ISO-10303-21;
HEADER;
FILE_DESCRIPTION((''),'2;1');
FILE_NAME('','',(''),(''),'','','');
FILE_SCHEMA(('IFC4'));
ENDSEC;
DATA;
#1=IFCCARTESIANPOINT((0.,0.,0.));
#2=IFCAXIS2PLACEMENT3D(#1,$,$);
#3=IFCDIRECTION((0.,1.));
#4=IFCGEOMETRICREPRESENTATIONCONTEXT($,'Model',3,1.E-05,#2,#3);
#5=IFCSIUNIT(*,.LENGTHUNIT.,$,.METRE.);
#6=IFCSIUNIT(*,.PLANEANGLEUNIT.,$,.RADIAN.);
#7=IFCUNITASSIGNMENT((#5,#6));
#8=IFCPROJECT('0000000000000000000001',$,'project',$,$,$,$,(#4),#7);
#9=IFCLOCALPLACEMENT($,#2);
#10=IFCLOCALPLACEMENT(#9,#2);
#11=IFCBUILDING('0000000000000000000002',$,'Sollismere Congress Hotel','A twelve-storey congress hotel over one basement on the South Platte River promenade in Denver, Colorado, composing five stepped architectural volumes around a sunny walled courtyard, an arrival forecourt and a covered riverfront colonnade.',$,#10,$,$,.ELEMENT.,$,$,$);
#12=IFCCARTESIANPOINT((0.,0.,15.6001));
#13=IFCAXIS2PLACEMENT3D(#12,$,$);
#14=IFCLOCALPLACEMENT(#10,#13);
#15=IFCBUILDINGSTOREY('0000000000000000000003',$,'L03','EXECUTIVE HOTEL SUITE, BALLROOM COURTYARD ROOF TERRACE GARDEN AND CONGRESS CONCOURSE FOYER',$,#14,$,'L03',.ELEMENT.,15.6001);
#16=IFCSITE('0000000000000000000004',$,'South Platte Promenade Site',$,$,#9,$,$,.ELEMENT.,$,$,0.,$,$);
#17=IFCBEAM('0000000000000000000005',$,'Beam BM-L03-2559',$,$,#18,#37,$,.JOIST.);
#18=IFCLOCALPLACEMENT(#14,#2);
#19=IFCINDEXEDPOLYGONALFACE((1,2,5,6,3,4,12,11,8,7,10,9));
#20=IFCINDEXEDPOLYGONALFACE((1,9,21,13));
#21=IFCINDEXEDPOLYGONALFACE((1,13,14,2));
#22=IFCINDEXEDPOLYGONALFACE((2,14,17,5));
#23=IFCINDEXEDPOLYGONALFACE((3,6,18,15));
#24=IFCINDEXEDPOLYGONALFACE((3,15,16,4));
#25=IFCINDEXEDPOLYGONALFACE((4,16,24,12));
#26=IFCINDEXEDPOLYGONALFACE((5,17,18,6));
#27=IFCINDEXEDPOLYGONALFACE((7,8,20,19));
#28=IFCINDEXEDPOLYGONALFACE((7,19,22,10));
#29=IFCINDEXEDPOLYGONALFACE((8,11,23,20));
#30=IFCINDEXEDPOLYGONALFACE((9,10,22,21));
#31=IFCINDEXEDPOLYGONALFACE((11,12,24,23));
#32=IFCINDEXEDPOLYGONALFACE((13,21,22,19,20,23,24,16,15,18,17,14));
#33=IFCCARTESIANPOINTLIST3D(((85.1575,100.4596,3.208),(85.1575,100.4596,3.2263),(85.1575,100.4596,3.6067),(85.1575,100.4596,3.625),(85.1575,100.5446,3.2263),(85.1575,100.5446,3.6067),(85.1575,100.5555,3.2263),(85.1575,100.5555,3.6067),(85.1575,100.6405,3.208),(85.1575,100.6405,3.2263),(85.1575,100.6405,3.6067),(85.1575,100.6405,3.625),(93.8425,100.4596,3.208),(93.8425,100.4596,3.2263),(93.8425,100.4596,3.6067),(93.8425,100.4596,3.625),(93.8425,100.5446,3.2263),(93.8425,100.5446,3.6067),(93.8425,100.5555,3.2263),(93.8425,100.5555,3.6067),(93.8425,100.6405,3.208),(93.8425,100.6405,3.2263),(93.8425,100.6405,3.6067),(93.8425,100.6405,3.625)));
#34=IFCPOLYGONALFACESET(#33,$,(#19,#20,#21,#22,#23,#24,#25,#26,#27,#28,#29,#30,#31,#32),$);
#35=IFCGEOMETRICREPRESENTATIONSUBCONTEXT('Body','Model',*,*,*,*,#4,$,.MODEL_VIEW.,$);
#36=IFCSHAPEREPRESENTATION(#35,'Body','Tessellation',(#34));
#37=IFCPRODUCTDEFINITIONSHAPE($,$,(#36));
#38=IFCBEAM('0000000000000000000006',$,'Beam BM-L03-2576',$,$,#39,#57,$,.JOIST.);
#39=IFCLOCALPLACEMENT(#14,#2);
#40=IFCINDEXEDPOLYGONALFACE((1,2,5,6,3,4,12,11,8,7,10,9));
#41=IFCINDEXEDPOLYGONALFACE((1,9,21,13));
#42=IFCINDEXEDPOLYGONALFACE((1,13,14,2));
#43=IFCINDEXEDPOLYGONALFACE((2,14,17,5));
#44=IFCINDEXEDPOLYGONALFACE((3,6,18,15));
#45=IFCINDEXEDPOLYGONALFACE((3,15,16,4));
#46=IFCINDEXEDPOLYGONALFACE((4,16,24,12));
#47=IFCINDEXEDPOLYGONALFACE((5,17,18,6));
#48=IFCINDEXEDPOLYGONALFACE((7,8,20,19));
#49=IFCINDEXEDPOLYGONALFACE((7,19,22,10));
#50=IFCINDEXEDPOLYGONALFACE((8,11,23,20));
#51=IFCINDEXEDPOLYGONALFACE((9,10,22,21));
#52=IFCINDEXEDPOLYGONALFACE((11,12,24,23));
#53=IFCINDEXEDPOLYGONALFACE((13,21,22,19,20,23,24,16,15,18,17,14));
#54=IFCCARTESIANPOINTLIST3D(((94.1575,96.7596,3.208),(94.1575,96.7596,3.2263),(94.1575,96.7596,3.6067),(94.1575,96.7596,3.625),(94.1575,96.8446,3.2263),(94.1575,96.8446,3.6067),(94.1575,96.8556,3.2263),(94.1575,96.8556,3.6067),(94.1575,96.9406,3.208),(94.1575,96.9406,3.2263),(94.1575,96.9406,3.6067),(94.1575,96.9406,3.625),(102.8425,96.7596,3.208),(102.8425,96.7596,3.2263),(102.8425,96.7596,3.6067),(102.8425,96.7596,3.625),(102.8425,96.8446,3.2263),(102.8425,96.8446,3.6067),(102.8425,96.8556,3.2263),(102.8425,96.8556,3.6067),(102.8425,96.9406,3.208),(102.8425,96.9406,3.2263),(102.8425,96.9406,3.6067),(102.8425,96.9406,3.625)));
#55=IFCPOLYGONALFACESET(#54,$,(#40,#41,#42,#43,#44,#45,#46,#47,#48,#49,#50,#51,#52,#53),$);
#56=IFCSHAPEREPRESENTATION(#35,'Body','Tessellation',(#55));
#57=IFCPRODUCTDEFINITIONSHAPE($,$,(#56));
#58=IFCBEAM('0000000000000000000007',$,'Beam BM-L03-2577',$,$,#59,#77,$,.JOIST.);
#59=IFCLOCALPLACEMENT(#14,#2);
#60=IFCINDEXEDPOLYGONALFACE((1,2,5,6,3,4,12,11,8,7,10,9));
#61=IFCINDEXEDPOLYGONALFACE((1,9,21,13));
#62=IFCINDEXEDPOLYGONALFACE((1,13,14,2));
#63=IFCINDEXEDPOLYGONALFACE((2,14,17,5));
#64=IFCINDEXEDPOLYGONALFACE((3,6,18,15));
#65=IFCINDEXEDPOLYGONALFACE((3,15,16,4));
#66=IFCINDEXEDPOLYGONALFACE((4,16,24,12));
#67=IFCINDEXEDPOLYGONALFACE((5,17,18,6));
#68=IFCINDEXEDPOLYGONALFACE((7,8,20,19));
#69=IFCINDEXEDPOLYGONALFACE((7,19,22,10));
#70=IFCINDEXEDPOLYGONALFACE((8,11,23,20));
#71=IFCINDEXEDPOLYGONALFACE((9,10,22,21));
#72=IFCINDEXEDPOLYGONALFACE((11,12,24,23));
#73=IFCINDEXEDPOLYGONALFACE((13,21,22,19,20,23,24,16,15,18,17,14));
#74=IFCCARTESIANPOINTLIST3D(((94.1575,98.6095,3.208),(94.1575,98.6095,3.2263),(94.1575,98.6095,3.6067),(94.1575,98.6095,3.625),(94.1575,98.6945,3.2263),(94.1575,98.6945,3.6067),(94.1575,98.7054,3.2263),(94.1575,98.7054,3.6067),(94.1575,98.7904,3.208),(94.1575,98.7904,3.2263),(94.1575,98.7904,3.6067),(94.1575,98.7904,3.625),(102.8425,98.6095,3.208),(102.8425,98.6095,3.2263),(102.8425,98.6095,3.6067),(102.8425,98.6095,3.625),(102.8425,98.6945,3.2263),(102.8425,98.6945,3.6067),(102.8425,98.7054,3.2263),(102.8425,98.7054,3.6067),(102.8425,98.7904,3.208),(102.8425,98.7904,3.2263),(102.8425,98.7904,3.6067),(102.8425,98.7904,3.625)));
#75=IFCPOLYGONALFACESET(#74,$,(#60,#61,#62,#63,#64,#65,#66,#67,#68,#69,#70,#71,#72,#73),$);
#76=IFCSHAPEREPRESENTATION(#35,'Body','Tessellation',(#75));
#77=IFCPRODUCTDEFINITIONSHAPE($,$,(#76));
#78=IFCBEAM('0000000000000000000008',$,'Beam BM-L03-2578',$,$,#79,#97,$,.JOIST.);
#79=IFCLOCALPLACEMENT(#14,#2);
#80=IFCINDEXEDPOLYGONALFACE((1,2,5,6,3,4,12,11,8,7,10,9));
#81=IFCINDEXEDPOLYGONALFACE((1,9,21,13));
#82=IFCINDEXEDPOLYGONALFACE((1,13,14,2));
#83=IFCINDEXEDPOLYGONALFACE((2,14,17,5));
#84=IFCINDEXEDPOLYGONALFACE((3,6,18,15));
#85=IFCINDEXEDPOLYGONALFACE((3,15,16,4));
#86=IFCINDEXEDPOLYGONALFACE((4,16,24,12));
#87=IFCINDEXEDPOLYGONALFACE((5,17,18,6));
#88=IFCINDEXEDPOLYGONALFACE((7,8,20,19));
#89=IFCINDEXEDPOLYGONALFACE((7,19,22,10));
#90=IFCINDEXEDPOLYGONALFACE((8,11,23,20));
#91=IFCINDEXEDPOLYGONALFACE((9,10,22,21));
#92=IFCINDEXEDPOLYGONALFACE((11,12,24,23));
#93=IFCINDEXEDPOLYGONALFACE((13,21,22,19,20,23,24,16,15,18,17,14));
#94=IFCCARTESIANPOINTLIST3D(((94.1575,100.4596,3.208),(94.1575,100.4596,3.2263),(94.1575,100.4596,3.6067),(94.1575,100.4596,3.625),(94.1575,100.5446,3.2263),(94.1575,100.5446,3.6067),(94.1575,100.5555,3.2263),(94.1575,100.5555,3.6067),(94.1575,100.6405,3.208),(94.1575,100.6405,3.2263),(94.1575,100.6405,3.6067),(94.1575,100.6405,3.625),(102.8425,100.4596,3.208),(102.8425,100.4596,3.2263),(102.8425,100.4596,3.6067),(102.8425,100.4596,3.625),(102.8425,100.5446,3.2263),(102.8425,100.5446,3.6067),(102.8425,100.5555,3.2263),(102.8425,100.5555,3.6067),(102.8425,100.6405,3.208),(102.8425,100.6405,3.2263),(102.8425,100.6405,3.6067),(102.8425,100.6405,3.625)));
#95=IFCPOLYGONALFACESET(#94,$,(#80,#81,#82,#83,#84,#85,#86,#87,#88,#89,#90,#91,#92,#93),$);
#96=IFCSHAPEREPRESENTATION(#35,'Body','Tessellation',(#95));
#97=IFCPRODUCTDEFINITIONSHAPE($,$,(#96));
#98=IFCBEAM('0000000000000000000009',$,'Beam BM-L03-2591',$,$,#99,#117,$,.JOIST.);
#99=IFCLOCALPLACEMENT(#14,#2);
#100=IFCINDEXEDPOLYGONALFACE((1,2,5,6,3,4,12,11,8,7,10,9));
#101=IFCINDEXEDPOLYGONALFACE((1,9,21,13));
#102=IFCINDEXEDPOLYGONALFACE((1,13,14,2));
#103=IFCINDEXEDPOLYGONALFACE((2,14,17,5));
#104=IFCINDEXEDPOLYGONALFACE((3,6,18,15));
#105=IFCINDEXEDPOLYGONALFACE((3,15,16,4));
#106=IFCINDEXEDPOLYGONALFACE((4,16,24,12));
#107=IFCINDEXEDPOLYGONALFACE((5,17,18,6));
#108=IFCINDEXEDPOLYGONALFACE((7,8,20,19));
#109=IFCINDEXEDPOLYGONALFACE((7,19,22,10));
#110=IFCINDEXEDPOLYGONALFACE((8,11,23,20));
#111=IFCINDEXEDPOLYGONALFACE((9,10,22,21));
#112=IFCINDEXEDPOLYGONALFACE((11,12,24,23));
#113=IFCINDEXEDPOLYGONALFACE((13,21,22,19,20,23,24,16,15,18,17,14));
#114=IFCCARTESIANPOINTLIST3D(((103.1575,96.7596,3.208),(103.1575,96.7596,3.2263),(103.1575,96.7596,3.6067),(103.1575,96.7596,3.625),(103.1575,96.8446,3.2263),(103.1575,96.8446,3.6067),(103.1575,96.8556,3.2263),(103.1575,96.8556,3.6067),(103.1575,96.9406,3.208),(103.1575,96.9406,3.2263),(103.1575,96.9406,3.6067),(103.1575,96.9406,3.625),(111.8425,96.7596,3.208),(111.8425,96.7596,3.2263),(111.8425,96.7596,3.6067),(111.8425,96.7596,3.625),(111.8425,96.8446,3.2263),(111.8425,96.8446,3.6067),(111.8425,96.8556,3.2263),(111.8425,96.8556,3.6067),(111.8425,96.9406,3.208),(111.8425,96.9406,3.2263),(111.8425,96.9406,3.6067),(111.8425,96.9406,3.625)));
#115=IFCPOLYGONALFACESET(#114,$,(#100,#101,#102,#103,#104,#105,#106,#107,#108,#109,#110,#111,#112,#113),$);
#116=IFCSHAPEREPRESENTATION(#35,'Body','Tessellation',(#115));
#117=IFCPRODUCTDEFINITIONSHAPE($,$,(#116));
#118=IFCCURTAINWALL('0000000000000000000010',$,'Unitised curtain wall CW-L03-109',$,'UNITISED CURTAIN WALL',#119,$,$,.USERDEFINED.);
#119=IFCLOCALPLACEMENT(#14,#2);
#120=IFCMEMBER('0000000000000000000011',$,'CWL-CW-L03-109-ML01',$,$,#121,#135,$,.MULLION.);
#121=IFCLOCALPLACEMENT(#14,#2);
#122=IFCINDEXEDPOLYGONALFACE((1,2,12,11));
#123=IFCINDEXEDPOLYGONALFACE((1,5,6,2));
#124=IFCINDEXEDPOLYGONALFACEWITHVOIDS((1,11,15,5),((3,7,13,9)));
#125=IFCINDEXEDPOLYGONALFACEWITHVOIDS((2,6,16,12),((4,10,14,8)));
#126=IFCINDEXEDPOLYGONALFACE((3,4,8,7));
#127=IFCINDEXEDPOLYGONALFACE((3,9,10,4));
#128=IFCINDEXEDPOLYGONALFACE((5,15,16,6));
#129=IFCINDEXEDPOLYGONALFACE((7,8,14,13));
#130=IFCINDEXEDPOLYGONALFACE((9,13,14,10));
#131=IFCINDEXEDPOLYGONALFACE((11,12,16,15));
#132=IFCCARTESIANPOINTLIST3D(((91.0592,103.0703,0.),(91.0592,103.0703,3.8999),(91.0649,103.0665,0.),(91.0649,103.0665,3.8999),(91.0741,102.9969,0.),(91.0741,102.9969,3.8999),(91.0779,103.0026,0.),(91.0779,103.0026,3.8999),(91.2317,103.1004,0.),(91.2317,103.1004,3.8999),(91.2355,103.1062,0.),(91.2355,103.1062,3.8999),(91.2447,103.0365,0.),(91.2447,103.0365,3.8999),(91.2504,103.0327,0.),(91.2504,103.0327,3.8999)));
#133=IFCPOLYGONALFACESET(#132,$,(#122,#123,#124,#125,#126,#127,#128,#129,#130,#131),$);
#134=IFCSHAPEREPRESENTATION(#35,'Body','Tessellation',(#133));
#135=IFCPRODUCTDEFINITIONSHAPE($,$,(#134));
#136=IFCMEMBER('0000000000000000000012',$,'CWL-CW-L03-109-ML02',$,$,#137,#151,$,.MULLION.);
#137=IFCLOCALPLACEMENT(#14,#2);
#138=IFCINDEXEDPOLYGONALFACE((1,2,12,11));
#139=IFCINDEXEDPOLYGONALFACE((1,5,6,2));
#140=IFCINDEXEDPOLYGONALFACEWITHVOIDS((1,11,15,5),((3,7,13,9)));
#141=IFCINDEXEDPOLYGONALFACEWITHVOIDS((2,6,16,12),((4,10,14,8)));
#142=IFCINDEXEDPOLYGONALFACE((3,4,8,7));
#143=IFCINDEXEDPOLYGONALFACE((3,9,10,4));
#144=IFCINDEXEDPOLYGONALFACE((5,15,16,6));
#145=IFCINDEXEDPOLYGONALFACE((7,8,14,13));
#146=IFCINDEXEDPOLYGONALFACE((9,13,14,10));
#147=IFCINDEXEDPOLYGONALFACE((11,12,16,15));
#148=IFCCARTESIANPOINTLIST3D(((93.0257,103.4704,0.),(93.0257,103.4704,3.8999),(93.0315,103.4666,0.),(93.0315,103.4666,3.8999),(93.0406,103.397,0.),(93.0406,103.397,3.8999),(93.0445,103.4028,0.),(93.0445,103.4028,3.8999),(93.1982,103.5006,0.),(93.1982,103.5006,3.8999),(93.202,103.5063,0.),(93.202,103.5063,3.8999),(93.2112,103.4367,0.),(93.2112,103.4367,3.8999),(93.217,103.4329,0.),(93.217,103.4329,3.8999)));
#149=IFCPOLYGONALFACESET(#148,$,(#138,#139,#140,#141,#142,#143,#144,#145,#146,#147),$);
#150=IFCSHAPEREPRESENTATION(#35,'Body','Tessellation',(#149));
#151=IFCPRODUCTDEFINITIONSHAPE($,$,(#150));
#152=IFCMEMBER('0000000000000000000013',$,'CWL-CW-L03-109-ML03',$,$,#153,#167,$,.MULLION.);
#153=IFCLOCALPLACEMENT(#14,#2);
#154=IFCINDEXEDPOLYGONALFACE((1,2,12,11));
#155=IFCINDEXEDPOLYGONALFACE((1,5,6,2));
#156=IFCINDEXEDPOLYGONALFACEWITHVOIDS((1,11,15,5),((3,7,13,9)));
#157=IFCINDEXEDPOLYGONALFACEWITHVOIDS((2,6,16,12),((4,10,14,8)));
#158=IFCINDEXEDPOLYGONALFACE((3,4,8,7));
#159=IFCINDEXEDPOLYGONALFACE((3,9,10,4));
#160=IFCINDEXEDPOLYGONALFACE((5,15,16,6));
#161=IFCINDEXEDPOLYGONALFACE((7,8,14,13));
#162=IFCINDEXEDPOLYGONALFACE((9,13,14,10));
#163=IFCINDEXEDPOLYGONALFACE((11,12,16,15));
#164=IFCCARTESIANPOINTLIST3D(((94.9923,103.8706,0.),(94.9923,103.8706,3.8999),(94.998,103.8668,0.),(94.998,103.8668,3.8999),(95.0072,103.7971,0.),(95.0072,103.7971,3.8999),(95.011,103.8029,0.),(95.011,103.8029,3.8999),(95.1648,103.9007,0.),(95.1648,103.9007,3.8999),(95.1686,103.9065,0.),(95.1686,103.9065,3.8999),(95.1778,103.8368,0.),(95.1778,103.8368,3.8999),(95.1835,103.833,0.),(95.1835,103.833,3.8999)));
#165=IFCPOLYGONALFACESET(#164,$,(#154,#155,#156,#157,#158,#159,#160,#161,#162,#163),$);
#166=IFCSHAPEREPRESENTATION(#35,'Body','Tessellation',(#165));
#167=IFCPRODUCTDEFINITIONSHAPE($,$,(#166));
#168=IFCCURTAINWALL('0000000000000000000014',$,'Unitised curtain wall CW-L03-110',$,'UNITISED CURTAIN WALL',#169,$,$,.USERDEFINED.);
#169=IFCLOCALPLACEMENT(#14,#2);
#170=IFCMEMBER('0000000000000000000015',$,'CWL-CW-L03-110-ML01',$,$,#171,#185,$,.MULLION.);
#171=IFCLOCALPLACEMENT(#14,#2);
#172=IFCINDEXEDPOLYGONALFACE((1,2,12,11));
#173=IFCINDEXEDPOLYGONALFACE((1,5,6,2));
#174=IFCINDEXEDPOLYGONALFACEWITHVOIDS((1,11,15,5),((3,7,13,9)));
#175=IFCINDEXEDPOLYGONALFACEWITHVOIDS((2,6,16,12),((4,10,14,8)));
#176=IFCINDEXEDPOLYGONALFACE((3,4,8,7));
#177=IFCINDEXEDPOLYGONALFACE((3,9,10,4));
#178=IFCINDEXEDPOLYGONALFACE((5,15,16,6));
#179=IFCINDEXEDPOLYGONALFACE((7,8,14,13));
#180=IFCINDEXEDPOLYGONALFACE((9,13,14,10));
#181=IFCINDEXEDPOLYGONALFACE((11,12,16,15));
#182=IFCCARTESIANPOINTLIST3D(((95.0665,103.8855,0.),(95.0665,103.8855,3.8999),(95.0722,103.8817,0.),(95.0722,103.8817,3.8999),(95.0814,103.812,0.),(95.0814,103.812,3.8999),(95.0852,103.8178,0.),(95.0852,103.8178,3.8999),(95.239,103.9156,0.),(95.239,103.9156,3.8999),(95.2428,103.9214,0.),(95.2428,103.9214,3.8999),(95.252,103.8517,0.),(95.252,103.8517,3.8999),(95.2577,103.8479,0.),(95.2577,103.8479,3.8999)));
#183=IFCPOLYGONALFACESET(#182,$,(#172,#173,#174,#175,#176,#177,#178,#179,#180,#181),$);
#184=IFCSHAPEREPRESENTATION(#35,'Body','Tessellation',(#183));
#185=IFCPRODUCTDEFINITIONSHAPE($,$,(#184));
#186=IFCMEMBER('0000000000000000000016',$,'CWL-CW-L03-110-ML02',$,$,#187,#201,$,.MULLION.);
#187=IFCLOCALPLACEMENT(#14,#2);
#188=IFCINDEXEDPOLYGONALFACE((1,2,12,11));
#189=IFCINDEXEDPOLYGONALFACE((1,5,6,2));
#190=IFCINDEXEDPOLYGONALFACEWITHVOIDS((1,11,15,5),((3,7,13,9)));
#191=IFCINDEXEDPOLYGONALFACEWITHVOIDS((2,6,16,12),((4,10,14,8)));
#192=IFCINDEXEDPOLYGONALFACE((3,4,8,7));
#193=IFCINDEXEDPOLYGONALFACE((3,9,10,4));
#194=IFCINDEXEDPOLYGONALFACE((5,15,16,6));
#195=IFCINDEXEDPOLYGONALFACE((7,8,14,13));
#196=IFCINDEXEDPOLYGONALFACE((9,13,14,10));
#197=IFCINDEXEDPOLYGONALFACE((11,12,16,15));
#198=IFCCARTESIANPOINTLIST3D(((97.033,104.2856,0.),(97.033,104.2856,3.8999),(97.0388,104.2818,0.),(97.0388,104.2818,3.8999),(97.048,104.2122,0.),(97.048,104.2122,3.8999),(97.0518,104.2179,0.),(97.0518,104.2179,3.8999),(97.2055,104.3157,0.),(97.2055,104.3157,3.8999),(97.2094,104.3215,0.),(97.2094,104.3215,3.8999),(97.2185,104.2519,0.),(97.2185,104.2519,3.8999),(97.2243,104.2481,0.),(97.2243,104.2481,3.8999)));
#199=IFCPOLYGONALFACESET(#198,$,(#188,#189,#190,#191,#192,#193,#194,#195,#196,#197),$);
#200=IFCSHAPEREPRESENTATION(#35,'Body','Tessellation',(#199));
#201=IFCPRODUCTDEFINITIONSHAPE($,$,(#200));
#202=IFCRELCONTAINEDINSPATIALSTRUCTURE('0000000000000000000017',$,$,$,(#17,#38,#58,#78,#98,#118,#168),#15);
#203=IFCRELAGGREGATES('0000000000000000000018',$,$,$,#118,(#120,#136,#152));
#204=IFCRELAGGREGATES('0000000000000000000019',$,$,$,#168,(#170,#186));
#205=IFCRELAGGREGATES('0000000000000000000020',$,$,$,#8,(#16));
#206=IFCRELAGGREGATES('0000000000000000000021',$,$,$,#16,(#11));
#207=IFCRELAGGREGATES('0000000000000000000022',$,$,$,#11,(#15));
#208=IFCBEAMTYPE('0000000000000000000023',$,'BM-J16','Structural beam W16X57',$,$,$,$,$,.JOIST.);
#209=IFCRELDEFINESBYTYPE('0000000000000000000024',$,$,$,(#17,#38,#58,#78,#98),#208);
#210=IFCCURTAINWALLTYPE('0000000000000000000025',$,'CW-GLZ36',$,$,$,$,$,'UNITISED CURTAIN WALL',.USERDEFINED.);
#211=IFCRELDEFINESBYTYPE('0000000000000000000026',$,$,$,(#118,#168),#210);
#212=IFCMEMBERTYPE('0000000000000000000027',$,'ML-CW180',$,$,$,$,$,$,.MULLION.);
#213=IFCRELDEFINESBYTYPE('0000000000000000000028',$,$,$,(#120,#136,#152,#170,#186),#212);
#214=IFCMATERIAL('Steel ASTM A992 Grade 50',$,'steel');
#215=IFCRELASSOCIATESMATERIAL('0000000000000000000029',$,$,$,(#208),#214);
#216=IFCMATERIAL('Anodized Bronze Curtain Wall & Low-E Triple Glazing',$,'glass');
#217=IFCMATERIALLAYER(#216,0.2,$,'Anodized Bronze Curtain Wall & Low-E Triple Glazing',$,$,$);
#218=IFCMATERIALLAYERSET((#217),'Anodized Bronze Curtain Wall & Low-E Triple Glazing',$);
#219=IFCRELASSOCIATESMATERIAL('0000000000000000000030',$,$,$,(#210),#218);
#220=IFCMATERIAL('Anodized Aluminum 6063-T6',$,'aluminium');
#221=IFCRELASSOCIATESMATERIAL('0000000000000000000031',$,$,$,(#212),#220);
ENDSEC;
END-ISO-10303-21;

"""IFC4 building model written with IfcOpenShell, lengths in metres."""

from ifc_helpers import new_model, si_unit, direction, frame, origin, origin_2d, place, context, subcontext, project, spatial, hollow_rectangle, i_section, extrude, material, layer, layer_set, material_profile, profile_set, type_object, element, aggregate, save


model = new_model("IFC4")

# Units and contexts
model_context = context("Model", 3, precision=1e-05, world=origin(), true_north=direction((0.0, 1.0)))
body_context = subcontext(model_context, "Body", "Model", "MODEL_VIEW")
ifc_project = project(units=[si_unit("LENGTHUNIT", "METRE"), si_unit("PLANEANGLEUNIT", "RADIAN")], contexts=[model_context])

# Site, building, storey
site_placement = place(None, origin())
site = spatial("IfcSite", under=ifc_project, at=site_placement, Name="South Platte Promenade Site", CompositionType="ELEMENT", RefElevation=0.0)
building_placement = place(site_placement, origin())
building = spatial("IfcBuilding", under=site, at=building_placement, Name="Sollismere Congress Hotel", Description="A twelve-storey congress hotel over one basement on the South Platte River promenade in Denver, Colorado, composing five stepped architectural volumes around a sunny walled courtyard, an arrival forecourt and a covered riverfront colonnade.", CompositionType="ELEMENT")
storey_placement = place(building_placement, frame((0.0, 0.0, 15.6001)))
storey = spatial("IfcBuildingStorey", under=building, at=storey_placement, Name="L03", Description="EXECUTIVE HOTEL SUITE, BALLROOM COURTYARD ROOF TERRACE GARDEN AND CONGRESS CONCOURSE FOYER", LongName="L03", CompositionType="ELEMENT", Elevation=15.6001)

# Shared definitions
ifc_material_1 = material(Name="Steel ASTM A992 Grade 50", Category="steel")

# Beams
ifc_material_profile_1 = material_profile(ifc_material_1, i_section(OverallWidth=0.1809, OverallDepth=0.417, WebThickness=0.011, FlangeThickness=0.0183, at=origin_2d()), Name="W16X57")
ifc_profile_set_1 = profile_set([ifc_material_profile_1], Name="Steel ASTM A992 Grade 50")
beam_type_1 = type_object("IfcBeamType", Name="BM-J16", Description="Structural beam W16X57", PredefinedType="JOIST", material=ifc_profile_set_1)
for number, where, z_axis, x_axis, name in (
    (1, (85.1575, 100.55, 3.4165), (1.0, 0.0, 0.0), (0.0, 1.0, 0.0), "Beam BM-L03-2559"),
    (2, (94.1575, 96.8501, 3.4165), (1.0, 0.0, 0.0), (0.0, 1.0, 0.0), "Beam BM-L03-2576"),
    (3, (94.1575, 98.7, 3.4165), (1.0, 0.0, 0.0), (0.0, 1.0, 0.0), "Beam BM-L03-2577"),
    (4, (94.1575, 100.55, 3.4165), (1.0, 0.0, 0.0), (0.0, 1.0, 0.0), "Beam BM-L03-2578"),
    (5, (103.1575, 96.8501, 3.4165), (1.0, 0.0, 0.0), (0.0, 1.0, 0.0), "Beam BM-L03-2591"),
):
    element("IfcBeam", number, at=place(storey_placement, frame(where, z_axis=z_axis, x_axis=x_axis)), inside=storey, type_object=beam_type_1, Name=name, PredefinedType="JOIST", context=body_context, shape_type="SweptSolid", body=[
        extrude(i_section(OverallWidth=0.1809, OverallDepth=0.417, WebThickness=0.011, FlangeThickness=0.0183, at=origin_2d()), origin(), (0.0, 0.0, 1.0), 8.6851),
    ])

# Curtain walls, members
ifc_material_2 = material(Name="Anodized Bronze Curtain Wall & Low-E Triple Glazing", Category="glass")
ifc_layer_1 = layer(ifc_material_2, 0.2, Name="Anodized Bronze Curtain Wall & Low-E Triple Glazing")
ifc_layer_set_1 = layer_set([ifc_layer_1], Name="Anodized Bronze Curtain Wall & Low-E Triple Glazing")
curtain_wall_type = type_object("IfcCurtainWallType", Name="CW-GLZ36", ElementType="UNITISED CURTAIN WALL", PredefinedType="USERDEFINED", material=ifc_layer_set_1)
curtain_wall_1_placement = place(storey_placement, origin())
curtain_wall_1 = element("IfcCurtainWall", 6, at=curtain_wall_1_placement, inside=storey, type_object=curtain_wall_type, Name="Unitised curtain wall CW-L03-109", ObjectType="UNITISED CURTAIN WALL", PredefinedType="USERDEFINED")
ifc_material_3 = material(Name="Anodized Aluminum 6063-T6", Category="aluminium")
ifc_material_profile_2 = material_profile(ifc_material_3, hollow_rectangle(XDim=0.075, YDim=0.1799, WallThickness=0.0049, at=origin_2d()), Name="ALU180X75X5")
ifc_profile_set_2 = profile_set([ifc_material_profile_2], Name="Anodized Aluminum 6063-T6")
member_type_1 = type_object("IfcMemberType", Name="ML-CW180", PredefinedType="MULLION", material=ifc_profile_set_2)
member_1_placement = place(storey_placement, frame((91.1548, 103.0515, 0.0), z_axis=(0.0, 0.0, 1.0), x_axis=(-0.199368, 0.979925, 0.0)))
member_1 = element("IfcMember", 7, at=member_1_placement, type_object=member_type_1, Name="CWL-CW-L03-109-ML01", PredefinedType="MULLION", context=body_context, shape_type="SweptSolid", body=[
    extrude(hollow_rectangle(XDim=0.075, YDim=0.1799, WallThickness=0.0049, at=origin_2d()), origin(), (0.0, 0.0, 1.0), 3.8999),
])
member_2_placement = place(storey_placement, frame((93.1213, 103.4517, 0.0), z_axis=(0.0, 0.0, 1.0), x_axis=(-0.199368, 0.979925, 0.0)))
member_2 = element("IfcMember", 8, at=member_2_placement, type_object=member_type_1, Name="CWL-CW-L03-109-ML02", PredefinedType="MULLION", context=body_context, shape_type="SweptSolid", body=[
    extrude(hollow_rectangle(XDim=0.075, YDim=0.1799, WallThickness=0.0049, at=origin_2d()), origin(), (0.0, 0.0, 1.0), 3.8999),
])
member_3_placement = place(storey_placement, frame((95.0879, 103.8518, 0.0), z_axis=(0.0, 0.0, 1.0), x_axis=(-0.199368, 0.979925, 0.0)))
member_3 = element("IfcMember", 9, at=member_3_placement, type_object=member_type_1, Name="CWL-CW-L03-109-ML03", PredefinedType="MULLION", context=body_context, shape_type="SweptSolid", body=[
    extrude(hollow_rectangle(XDim=0.075, YDim=0.1799, WallThickness=0.0049, at=origin_2d()), origin(), (0.0, 0.0, 1.0), 3.8999),
])
curtain_wall_2_placement = place(storey_placement, origin())
curtain_wall_2 = element("IfcCurtainWall", 10, at=curtain_wall_2_placement, inside=storey, type_object=curtain_wall_type, Name="Unitised curtain wall CW-L03-110", ObjectType="UNITISED CURTAIN WALL", PredefinedType="USERDEFINED")
member_4_placement = place(storey_placement, frame((95.1621, 103.8667, 0.0), z_axis=(0.0, 0.0, 1.0), x_axis=(-0.199368, 0.979925, 0.0)))
member_4 = element("IfcMember", 11, at=member_4_placement, type_object=member_type_1, Name="CWL-CW-L03-110-ML01", PredefinedType="MULLION", context=body_context, shape_type="SweptSolid", body=[
    extrude(hollow_rectangle(XDim=0.075, YDim=0.1799, WallThickness=0.0049, at=origin_2d()), origin(), (0.0, 0.0, 1.0), 3.8999),
])
member_5_placement = place(storey_placement, frame((97.1287, 104.2668, 0.0), z_axis=(0.0, 0.0, 1.0), x_axis=(-0.199368, 0.979925, 0.0)))
member_5 = element("IfcMember", 12, at=member_5_placement, type_object=member_type_1, Name="CWL-CW-L03-110-ML02", PredefinedType="MULLION", context=body_context, shape_type="SweptSolid", body=[
    extrude(hollow_rectangle(XDim=0.075, YDim=0.1799, WallThickness=0.0049, at=origin_2d()), origin(), (0.0, 0.0, 1.0), 3.8999),
])

aggregate(curtain_wall_1, [member_1, member_2, member_3])
aggregate(curtain_wall_2, [member_4, member_5])

save(model, "model.ifc")
